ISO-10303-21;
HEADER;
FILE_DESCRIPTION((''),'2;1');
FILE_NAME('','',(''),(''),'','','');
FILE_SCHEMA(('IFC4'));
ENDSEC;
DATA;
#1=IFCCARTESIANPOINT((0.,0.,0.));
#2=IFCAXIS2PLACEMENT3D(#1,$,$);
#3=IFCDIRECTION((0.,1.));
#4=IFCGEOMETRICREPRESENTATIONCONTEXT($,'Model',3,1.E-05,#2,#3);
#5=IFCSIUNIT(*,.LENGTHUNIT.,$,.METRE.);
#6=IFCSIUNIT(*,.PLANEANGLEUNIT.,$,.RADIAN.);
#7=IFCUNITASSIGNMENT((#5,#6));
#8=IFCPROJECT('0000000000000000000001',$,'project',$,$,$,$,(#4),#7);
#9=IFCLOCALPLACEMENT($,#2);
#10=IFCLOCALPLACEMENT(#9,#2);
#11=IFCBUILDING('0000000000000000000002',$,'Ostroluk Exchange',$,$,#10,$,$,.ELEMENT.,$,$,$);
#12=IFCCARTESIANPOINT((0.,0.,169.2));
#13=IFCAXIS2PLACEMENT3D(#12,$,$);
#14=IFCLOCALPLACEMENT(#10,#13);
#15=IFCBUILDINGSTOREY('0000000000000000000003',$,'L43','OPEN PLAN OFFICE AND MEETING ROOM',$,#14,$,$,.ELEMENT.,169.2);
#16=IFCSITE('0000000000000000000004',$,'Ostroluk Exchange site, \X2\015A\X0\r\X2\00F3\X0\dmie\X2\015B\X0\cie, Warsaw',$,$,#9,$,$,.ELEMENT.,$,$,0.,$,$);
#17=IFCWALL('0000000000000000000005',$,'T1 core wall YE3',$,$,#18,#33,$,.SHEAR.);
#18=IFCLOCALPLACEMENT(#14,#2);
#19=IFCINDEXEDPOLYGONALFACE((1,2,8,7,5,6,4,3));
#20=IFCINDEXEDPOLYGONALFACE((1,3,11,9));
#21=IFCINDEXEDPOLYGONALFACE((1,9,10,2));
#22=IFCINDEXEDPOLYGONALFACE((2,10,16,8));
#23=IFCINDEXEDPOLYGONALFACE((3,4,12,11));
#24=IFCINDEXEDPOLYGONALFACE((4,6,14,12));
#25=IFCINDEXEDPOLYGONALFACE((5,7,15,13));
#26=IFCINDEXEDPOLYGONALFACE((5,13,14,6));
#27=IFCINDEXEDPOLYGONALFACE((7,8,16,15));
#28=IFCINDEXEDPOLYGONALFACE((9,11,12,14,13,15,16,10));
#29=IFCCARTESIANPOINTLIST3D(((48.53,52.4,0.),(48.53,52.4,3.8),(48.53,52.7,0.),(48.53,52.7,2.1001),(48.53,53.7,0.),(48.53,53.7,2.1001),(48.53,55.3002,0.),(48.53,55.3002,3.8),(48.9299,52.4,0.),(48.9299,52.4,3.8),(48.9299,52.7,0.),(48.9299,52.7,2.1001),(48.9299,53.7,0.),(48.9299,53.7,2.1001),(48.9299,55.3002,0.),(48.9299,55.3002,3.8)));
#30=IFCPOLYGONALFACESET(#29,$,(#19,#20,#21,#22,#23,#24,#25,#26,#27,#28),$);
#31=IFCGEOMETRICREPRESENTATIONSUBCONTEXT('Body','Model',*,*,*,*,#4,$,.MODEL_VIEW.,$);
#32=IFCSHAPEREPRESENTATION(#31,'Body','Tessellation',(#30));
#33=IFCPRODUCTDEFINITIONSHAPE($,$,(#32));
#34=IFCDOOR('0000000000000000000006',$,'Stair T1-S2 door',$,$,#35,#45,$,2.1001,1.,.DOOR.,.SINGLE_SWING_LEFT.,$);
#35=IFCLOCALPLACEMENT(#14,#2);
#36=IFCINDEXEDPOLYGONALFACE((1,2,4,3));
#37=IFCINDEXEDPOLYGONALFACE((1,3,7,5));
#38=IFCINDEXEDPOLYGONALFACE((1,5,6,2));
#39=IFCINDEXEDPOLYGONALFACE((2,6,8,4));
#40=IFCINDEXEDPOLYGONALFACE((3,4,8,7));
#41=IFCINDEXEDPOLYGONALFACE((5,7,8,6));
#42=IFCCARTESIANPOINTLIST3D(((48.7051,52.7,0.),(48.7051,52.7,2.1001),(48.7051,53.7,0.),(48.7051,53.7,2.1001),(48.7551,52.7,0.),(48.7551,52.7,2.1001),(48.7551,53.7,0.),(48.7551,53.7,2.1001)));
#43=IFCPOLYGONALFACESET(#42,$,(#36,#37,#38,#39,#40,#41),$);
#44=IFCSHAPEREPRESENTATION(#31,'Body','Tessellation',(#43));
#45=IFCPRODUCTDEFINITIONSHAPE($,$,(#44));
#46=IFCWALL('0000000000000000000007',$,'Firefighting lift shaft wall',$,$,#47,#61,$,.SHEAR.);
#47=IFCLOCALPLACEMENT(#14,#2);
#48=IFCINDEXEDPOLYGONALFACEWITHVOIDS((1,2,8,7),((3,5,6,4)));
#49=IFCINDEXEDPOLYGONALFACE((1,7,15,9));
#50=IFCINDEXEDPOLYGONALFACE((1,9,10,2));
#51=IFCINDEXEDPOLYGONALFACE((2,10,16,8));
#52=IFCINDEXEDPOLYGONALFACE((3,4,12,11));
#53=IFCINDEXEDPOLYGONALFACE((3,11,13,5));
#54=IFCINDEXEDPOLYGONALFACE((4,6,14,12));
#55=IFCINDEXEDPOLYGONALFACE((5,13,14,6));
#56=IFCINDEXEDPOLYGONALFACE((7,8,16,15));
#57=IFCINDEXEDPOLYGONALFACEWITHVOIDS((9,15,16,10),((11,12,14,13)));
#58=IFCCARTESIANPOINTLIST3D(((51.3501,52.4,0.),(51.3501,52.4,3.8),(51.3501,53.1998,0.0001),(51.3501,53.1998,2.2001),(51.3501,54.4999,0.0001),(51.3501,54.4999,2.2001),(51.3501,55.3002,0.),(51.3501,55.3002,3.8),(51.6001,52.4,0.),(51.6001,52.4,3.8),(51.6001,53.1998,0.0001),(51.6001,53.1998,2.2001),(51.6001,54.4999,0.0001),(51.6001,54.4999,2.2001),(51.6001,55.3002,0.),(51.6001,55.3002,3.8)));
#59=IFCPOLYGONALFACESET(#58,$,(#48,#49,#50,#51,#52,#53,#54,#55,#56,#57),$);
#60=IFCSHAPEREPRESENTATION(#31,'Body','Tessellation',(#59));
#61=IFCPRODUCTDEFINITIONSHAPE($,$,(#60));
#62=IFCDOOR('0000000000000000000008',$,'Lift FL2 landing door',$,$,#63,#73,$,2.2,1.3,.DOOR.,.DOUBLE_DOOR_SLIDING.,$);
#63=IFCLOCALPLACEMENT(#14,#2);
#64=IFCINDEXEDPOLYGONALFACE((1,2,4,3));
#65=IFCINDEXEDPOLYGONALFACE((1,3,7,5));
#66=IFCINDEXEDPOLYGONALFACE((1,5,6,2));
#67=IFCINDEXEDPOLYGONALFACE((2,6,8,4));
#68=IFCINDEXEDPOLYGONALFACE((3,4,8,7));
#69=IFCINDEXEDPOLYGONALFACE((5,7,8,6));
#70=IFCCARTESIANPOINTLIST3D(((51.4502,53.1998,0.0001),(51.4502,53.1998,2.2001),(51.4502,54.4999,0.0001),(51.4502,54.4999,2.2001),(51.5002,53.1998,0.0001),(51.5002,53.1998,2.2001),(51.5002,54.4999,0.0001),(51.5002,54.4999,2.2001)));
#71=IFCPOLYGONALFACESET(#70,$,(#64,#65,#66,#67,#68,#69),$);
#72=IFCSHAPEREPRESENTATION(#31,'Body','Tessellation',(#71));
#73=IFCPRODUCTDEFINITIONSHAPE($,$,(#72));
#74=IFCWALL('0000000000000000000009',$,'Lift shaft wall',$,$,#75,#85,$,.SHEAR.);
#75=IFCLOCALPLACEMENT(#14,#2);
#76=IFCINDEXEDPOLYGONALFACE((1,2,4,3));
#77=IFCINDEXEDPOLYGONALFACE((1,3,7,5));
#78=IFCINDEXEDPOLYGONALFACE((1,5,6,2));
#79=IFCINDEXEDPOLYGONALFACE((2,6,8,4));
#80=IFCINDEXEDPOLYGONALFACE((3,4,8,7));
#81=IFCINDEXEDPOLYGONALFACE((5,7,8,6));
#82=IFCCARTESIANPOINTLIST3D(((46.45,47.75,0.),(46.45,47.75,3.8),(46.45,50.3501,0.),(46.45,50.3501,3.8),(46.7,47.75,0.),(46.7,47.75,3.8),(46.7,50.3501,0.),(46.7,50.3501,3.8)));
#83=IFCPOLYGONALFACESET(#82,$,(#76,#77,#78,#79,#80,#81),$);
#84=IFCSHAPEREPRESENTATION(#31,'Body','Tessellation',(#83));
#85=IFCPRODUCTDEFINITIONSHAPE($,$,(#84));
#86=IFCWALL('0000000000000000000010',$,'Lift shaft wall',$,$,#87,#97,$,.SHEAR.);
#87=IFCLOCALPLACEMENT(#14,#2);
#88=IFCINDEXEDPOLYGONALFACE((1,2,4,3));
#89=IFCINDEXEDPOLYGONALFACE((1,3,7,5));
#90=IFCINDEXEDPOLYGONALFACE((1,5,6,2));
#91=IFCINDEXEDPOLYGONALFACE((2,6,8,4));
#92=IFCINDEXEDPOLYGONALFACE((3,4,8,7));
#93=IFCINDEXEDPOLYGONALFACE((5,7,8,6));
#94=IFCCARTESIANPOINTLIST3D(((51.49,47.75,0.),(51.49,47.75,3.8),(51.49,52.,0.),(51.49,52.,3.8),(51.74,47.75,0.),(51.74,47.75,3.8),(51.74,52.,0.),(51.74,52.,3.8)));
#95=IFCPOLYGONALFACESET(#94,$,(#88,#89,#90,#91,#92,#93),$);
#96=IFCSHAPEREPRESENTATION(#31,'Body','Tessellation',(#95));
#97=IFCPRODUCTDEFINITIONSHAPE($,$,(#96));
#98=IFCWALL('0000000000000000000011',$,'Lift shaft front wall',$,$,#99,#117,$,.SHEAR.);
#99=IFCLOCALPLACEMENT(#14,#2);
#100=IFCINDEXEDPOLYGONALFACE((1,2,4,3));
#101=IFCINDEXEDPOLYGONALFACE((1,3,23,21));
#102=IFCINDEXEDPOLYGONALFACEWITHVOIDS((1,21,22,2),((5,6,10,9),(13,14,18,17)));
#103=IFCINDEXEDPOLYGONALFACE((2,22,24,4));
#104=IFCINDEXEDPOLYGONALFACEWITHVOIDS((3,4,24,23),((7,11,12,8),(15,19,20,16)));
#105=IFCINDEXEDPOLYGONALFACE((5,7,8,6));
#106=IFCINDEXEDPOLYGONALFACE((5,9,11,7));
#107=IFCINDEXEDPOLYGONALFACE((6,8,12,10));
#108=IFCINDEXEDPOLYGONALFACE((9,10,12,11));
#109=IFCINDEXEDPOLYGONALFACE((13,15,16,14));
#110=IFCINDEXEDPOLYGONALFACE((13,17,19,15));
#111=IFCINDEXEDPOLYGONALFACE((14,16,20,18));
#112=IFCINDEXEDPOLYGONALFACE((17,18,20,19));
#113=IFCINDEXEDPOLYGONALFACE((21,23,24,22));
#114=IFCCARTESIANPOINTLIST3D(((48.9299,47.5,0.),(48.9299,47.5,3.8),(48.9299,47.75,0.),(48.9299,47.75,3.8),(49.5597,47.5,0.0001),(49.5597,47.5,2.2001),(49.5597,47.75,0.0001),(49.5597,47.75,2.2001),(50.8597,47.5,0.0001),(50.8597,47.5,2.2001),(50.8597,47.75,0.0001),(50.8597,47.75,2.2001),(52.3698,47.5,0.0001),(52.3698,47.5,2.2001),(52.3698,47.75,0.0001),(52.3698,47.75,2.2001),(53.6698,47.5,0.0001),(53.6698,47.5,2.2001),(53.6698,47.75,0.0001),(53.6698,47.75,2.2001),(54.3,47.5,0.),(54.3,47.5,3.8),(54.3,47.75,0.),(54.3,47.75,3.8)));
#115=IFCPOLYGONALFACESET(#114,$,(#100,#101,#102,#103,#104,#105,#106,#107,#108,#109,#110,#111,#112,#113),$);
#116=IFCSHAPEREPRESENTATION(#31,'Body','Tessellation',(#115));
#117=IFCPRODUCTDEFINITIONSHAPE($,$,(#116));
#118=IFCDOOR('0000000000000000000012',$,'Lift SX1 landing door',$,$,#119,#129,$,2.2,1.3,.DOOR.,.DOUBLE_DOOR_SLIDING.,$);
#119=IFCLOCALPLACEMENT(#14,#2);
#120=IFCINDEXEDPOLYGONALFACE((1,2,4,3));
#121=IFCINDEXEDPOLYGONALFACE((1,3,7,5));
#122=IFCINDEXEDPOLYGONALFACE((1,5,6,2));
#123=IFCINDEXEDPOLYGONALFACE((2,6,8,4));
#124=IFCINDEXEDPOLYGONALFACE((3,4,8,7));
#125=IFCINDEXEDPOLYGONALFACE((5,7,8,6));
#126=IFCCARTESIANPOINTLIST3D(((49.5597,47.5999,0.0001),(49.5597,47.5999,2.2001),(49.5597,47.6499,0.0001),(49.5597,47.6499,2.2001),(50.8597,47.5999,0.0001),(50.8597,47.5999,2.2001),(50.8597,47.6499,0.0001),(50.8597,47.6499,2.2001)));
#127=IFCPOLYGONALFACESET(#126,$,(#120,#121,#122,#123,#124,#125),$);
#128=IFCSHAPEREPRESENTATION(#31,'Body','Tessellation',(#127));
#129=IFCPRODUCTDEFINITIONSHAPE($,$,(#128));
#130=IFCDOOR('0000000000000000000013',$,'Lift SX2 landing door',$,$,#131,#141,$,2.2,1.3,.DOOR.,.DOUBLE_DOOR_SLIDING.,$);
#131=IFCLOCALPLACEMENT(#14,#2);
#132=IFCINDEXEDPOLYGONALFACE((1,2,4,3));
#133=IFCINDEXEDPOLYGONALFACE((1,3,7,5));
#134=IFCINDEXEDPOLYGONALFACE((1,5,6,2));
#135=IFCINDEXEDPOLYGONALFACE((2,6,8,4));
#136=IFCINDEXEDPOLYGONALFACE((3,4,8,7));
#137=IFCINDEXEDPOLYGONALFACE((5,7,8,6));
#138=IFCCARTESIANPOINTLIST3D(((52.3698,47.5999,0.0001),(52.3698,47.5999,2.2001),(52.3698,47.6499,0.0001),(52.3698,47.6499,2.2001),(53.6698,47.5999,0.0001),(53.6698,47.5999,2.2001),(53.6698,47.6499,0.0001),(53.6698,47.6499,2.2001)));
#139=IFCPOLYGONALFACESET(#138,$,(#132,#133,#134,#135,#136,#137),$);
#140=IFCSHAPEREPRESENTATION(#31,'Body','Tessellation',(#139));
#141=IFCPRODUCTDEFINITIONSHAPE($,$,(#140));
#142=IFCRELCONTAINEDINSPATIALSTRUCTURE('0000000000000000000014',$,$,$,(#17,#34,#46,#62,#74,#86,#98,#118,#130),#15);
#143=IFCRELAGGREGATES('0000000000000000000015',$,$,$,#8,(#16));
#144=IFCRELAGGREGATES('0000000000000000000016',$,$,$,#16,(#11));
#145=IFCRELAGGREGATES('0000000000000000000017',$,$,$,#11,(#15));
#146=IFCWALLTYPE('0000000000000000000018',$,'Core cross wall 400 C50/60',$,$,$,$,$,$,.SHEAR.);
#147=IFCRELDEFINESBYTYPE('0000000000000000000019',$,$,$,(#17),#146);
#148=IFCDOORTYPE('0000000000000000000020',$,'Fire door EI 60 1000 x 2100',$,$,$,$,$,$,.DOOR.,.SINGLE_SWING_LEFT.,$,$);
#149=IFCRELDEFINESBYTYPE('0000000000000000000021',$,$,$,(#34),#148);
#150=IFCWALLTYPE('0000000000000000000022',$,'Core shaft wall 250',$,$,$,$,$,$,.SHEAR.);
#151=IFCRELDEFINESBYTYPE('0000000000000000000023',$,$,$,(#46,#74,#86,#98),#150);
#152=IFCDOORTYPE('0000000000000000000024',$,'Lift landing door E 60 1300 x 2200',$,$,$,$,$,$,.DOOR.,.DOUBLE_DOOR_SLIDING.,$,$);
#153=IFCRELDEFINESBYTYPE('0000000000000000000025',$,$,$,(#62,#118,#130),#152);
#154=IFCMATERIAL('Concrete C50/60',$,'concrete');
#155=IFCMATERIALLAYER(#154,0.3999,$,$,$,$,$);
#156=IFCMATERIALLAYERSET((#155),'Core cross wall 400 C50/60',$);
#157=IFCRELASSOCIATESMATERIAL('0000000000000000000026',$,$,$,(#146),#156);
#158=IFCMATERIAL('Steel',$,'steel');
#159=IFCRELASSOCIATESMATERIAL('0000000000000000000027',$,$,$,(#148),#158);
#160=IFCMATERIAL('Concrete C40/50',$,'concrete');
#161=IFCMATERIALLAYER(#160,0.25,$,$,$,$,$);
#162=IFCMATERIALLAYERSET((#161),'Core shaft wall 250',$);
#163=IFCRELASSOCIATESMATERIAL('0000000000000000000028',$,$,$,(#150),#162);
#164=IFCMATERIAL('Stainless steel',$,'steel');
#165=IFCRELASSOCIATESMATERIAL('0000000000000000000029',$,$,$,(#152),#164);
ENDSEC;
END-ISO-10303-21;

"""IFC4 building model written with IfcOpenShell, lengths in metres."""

from ifc_helpers import new_model, si_unit, direction, frame, frame_2d, origin, place, context, subcontext, project, spatial, rectangle, extrude, material, layer, layer_set, type_object, element, fill, save


model = new_model("IFC4")

# Units and contexts
model_context = context("Model", 3, precision=1e-05, world=origin(), true_north=direction((0.0, 1.0)))
body_context = subcontext(model_context, "Body", "Model", "MODEL_VIEW")
ifc_project = project(units=[si_unit("LENGTHUNIT", "METRE"), si_unit("PLANEANGLEUNIT", "RADIAN")], contexts=[model_context])

# Site, building, storey
site_placement = place(None, origin())
site = spatial("IfcSite", under=ifc_project, at=site_placement, Name="Ostroluk Exchange site, Śródmieście, Warsaw", CompositionType="ELEMENT", RefElevation=0.0)
building_placement = place(site_placement, origin())
building = spatial("IfcBuilding", under=site, at=building_placement, Name="Ostroluk Exchange", CompositionType="ELEMENT")
storey_placement = place(building_placement, frame((0.0, 0.0, 169.2)))
storey = spatial("IfcBuildingStorey", under=building, at=storey_placement, Name="L43", Description="OPEN PLAN OFFICE AND MEETING ROOM", CompositionType="ELEMENT", Elevation=169.2)

# Walls, openings, doors
ifc_material_1 = material(Name="Concrete C50/60", Category="concrete")
ifc_layer_1 = layer(ifc_material_1, 0.3999)
ifc_layer_set_1 = layer_set([ifc_layer_1], Name="Core cross wall 400 C50/60")
wall_type_1 = type_object("IfcWallType", Name="Core cross wall 400 C50/60", PredefinedType="SHEAR", material=ifc_layer_set_1)
wall_1_placement = place(storey_placement, frame((48.73, 52.3999, 0.0), z_axis=(0.0, 0.0, 1.0), x_axis=(0.0, 1.0, 0.0)))
wall_1 = element("IfcWall", 1, at=wall_1_placement, inside=storey, type_object=wall_type_1, Name="T1 core wall YE3", PredefinedType="SHEAR", context=body_context, shape_type="SweptSolid", body=[
    extrude(rectangle(XDim=2.9001, YDim=0.3999, at=frame_2d((1.4502, 0.0))), origin(), (0.0, 0.0, 1.0), 3.8),
])
opening_1_placement = place(wall_1_placement, frame((0.3, 0.0, 0.0)))
opening_1 = element("IfcOpeningElement", 2, at=opening_1_placement, cuts=wall_1, PredefinedType="OPENING", context=body_context, shape_type="SweptSolid", body=[
    extrude(rectangle(XDim=1.0, YDim=2.1001, at=frame_2d((0.5, 1.05))), frame((0.0, 0.21, 0.0), z_axis=(0.0, -1.0, 0.0), x_axis=(1.0, 0.0, 0.0)), (0.0, 0.0, 1.0), 0.4199),
])
ifc_material_2 = material(Name="Steel", Category="steel")
door_type_1 = type_object("IfcDoorType", Name="Fire door EI 60 1000 x 2100", OperationType="SINGLE_SWING_LEFT", PredefinedType="DOOR", material=ifc_material_2)
door_1_placement = place(opening_1_placement, origin())
door_1 = element("IfcDoor", 3, at=door_1_placement, inside=storey, type_object=door_type_1, Name="Stair T1-S2 door", OperationType="SINGLE_SWING_LEFT", OverallHeight=2.1001, OverallWidth=1.0, PredefinedType="DOOR", context=body_context, shape_type="SweptSolid", body=[
    extrude(rectangle(XDim=1.0, YDim=2.1001, at=frame_2d((0.5, 1.05))), frame((0.0, 0.0249, 0.0), z_axis=(0.0, -1.0, 0.0), x_axis=(1.0, 0.0, 0.0)), (0.0, 0.0, 1.0), 0.05),
])
fill(opening_1, door_1)
ifc_material_3 = material(Name="Concrete C40/50", Category="concrete")
ifc_layer_2 = layer(ifc_material_3, 0.25)
ifc_layer_set_2 = layer_set([ifc_layer_2], Name="Core shaft wall 250")
wall_type_2 = type_object("IfcWallType", Name="Core shaft wall 250", PredefinedType="SHEAR", material=ifc_layer_set_2)
wall_2_placement = place(storey_placement, frame((51.4751, 52.3999, 0.0), z_axis=(0.0, 0.0, 1.0), x_axis=(0.0, 1.0, 0.0)))
wall_2 = element("IfcWall", 4, at=wall_2_placement, inside=storey, type_object=wall_type_2, Name="Firefighting lift shaft wall", PredefinedType="SHEAR", context=body_context, shape_type="SweptSolid", body=[
    extrude(rectangle(XDim=2.9001, YDim=0.25, at=frame_2d((1.4502, 0.0))), origin(), (0.0, 0.0, 1.0), 3.8),
])
opening_2_placement = place(wall_2_placement, frame((0.8, 0.0, 0.0)))
opening_2 = element("IfcOpeningElement", 5, at=opening_2_placement, cuts=wall_2, PredefinedType="OPENING", context=body_context, shape_type="SweptSolid", body=[
    extrude(rectangle(XDim=1.3, YDim=2.2, at=frame_2d((0.6499, 1.1001))), frame((0.0, 0.135, 0.0), z_axis=(0.0, -1.0, 0.0), x_axis=(1.0, 0.0, 0.0)), (0.0, 0.0, 1.0), 0.27),
])
ifc_material_4 = material(Name="Stainless steel", Category="steel")
door_type_2 = type_object("IfcDoorType", Name="Lift landing door E 60 1300 x 2200", OperationType="DOUBLE_DOOR_SLIDING", PredefinedType="DOOR", material=ifc_material_4)
door_2_placement = place(opening_2_placement, origin())
door_2 = element("IfcDoor", 6, at=door_2_placement, inside=storey, type_object=door_type_2, Name="Lift FL2 landing door", OperationType="DOUBLE_DOOR_SLIDING", OverallHeight=2.2, OverallWidth=1.3, PredefinedType="DOOR", context=body_context, shape_type="SweptSolid", body=[
    extrude(rectangle(XDim=1.3, YDim=2.2, at=frame_2d((0.6499, 1.1001))), frame((0.0, 0.0249, 0.0), z_axis=(0.0, -1.0, 0.0), x_axis=(1.0, 0.0, 0.0)), (0.0, 0.0, 1.0), 0.05),
])
fill(opening_2, door_2)

# Walls
wall_3_placement = place(storey_placement, frame((46.575, 47.75, 0.0), z_axis=(0.0, 0.0, 1.0), x_axis=(0.0, 1.0, 0.0)))
element("IfcWall", 7, at=wall_3_placement, inside=storey, type_object=wall_type_2, Name="Lift shaft wall", PredefinedType="SHEAR", context=body_context, shape_type="SweptSolid", body=[
    extrude(rectangle(XDim=2.6001, YDim=0.25, at=frame_2d((1.3, 0.0))), origin(), (0.0, 0.0, 1.0), 3.8),
])
wall_4_placement = place(storey_placement, frame((51.615, 47.75, 0.0), z_axis=(0.0, 0.0, 1.0), x_axis=(0.0, 1.0, 0.0)))
element("IfcWall", 8, at=wall_4_placement, inside=storey, type_object=wall_type_2, Name="Lift shaft wall", PredefinedType="SHEAR", context=body_context, shape_type="SweptSolid", body=[
    extrude(rectangle(XDim=4.25, YDim=0.25, at=frame_2d((2.125, 0.0))), origin(), (0.0, 0.0, 1.0), 3.8),
])

# Wall, openings, doors
wall_5_placement = place(storey_placement, frame((48.9299, 47.625, 0.0), z_axis=(0.0, 0.0, 1.0), x_axis=(1.0, 0.0, 0.0)))
wall_5 = element("IfcWall", 9, at=wall_5_placement, inside=storey, type_object=wall_type_2, Name="Lift shaft front wall", PredefinedType="SHEAR", context=body_context, shape_type="SweptSolid", body=[
    extrude(rectangle(XDim=5.3701, YDim=0.25, at=frame_2d((2.6851, 0.0))), origin(), (0.0, 0.0, 1.0), 3.8),
])
opening_3_placement = place(wall_5_placement, frame((0.6299, 0.0, 0.0)))
opening_3 = element("IfcOpeningElement", 10, at=opening_3_placement, cuts=wall_5, PredefinedType="OPENING", context=body_context, shape_type="SweptSolid", body=[
    extrude(rectangle(XDim=1.3, YDim=2.2, at=frame_2d((0.6499, 1.1001))), frame((0.0, 0.135, 0.0), z_axis=(0.0, -1.0, 0.0), x_axis=(1.0, 0.0, 0.0)), (0.0, 0.0, 1.0), 0.27),
])
opening_4_placement = place(wall_5_placement, frame((3.4399, 0.0, 0.0)))
opening_4 = element("IfcOpeningElement", 11, at=opening_4_placement, cuts=wall_5, PredefinedType="OPENING", context=body_context, shape_type="SweptSolid", body=[
    extrude(rectangle(XDim=1.3, YDim=2.2, at=frame_2d((0.6499, 1.1001))), frame((0.0, 0.135, 0.0), z_axis=(0.0, -1.0, 0.0), x_axis=(1.0, 0.0, 0.0)), (0.0, 0.0, 1.0), 0.27),
])
door_3_placement = place(opening_3_placement, origin())
door_3 = element("IfcDoor", 12, at=door_3_placement, inside=storey, type_object=door_type_2, Name="Lift SX1 landing door", OperationType="DOUBLE_DOOR_SLIDING", OverallHeight=2.2, OverallWidth=1.3, PredefinedType="DOOR", context=body_context, shape_type="SweptSolid", body=[
    extrude(rectangle(XDim=1.3, YDim=2.2, at=frame_2d((0.6499, 1.1001))), frame((0.0, 0.0249, 0.0), z_axis=(0.0, -1.0, 0.0), x_axis=(1.0, 0.0, 0.0)), (0.0, 0.0, 1.0), 0.05),
])
fill(opening_3, door_3)
door_4_placement = place(opening_4_placement, origin())
door_4 = element("IfcDoor", 13, at=door_4_placement, inside=storey, type_object=door_type_2, Name="Lift SX2 landing door", OperationType="DOUBLE_DOOR_SLIDING", OverallHeight=2.2, OverallWidth=1.3, PredefinedType="DOOR", context=body_context, shape_type="SweptSolid", body=[
    extrude(rectangle(XDim=1.3, YDim=2.2, at=frame_2d((0.6499, 1.1001))), frame((0.0, 0.0249, 0.0), z_axis=(0.0, -1.0, 0.0), x_axis=(1.0, 0.0, 0.0)), (0.0, 0.0, 1.0), 0.05),
])
fill(opening_4, door_4)

save(model, "model.ifc")
